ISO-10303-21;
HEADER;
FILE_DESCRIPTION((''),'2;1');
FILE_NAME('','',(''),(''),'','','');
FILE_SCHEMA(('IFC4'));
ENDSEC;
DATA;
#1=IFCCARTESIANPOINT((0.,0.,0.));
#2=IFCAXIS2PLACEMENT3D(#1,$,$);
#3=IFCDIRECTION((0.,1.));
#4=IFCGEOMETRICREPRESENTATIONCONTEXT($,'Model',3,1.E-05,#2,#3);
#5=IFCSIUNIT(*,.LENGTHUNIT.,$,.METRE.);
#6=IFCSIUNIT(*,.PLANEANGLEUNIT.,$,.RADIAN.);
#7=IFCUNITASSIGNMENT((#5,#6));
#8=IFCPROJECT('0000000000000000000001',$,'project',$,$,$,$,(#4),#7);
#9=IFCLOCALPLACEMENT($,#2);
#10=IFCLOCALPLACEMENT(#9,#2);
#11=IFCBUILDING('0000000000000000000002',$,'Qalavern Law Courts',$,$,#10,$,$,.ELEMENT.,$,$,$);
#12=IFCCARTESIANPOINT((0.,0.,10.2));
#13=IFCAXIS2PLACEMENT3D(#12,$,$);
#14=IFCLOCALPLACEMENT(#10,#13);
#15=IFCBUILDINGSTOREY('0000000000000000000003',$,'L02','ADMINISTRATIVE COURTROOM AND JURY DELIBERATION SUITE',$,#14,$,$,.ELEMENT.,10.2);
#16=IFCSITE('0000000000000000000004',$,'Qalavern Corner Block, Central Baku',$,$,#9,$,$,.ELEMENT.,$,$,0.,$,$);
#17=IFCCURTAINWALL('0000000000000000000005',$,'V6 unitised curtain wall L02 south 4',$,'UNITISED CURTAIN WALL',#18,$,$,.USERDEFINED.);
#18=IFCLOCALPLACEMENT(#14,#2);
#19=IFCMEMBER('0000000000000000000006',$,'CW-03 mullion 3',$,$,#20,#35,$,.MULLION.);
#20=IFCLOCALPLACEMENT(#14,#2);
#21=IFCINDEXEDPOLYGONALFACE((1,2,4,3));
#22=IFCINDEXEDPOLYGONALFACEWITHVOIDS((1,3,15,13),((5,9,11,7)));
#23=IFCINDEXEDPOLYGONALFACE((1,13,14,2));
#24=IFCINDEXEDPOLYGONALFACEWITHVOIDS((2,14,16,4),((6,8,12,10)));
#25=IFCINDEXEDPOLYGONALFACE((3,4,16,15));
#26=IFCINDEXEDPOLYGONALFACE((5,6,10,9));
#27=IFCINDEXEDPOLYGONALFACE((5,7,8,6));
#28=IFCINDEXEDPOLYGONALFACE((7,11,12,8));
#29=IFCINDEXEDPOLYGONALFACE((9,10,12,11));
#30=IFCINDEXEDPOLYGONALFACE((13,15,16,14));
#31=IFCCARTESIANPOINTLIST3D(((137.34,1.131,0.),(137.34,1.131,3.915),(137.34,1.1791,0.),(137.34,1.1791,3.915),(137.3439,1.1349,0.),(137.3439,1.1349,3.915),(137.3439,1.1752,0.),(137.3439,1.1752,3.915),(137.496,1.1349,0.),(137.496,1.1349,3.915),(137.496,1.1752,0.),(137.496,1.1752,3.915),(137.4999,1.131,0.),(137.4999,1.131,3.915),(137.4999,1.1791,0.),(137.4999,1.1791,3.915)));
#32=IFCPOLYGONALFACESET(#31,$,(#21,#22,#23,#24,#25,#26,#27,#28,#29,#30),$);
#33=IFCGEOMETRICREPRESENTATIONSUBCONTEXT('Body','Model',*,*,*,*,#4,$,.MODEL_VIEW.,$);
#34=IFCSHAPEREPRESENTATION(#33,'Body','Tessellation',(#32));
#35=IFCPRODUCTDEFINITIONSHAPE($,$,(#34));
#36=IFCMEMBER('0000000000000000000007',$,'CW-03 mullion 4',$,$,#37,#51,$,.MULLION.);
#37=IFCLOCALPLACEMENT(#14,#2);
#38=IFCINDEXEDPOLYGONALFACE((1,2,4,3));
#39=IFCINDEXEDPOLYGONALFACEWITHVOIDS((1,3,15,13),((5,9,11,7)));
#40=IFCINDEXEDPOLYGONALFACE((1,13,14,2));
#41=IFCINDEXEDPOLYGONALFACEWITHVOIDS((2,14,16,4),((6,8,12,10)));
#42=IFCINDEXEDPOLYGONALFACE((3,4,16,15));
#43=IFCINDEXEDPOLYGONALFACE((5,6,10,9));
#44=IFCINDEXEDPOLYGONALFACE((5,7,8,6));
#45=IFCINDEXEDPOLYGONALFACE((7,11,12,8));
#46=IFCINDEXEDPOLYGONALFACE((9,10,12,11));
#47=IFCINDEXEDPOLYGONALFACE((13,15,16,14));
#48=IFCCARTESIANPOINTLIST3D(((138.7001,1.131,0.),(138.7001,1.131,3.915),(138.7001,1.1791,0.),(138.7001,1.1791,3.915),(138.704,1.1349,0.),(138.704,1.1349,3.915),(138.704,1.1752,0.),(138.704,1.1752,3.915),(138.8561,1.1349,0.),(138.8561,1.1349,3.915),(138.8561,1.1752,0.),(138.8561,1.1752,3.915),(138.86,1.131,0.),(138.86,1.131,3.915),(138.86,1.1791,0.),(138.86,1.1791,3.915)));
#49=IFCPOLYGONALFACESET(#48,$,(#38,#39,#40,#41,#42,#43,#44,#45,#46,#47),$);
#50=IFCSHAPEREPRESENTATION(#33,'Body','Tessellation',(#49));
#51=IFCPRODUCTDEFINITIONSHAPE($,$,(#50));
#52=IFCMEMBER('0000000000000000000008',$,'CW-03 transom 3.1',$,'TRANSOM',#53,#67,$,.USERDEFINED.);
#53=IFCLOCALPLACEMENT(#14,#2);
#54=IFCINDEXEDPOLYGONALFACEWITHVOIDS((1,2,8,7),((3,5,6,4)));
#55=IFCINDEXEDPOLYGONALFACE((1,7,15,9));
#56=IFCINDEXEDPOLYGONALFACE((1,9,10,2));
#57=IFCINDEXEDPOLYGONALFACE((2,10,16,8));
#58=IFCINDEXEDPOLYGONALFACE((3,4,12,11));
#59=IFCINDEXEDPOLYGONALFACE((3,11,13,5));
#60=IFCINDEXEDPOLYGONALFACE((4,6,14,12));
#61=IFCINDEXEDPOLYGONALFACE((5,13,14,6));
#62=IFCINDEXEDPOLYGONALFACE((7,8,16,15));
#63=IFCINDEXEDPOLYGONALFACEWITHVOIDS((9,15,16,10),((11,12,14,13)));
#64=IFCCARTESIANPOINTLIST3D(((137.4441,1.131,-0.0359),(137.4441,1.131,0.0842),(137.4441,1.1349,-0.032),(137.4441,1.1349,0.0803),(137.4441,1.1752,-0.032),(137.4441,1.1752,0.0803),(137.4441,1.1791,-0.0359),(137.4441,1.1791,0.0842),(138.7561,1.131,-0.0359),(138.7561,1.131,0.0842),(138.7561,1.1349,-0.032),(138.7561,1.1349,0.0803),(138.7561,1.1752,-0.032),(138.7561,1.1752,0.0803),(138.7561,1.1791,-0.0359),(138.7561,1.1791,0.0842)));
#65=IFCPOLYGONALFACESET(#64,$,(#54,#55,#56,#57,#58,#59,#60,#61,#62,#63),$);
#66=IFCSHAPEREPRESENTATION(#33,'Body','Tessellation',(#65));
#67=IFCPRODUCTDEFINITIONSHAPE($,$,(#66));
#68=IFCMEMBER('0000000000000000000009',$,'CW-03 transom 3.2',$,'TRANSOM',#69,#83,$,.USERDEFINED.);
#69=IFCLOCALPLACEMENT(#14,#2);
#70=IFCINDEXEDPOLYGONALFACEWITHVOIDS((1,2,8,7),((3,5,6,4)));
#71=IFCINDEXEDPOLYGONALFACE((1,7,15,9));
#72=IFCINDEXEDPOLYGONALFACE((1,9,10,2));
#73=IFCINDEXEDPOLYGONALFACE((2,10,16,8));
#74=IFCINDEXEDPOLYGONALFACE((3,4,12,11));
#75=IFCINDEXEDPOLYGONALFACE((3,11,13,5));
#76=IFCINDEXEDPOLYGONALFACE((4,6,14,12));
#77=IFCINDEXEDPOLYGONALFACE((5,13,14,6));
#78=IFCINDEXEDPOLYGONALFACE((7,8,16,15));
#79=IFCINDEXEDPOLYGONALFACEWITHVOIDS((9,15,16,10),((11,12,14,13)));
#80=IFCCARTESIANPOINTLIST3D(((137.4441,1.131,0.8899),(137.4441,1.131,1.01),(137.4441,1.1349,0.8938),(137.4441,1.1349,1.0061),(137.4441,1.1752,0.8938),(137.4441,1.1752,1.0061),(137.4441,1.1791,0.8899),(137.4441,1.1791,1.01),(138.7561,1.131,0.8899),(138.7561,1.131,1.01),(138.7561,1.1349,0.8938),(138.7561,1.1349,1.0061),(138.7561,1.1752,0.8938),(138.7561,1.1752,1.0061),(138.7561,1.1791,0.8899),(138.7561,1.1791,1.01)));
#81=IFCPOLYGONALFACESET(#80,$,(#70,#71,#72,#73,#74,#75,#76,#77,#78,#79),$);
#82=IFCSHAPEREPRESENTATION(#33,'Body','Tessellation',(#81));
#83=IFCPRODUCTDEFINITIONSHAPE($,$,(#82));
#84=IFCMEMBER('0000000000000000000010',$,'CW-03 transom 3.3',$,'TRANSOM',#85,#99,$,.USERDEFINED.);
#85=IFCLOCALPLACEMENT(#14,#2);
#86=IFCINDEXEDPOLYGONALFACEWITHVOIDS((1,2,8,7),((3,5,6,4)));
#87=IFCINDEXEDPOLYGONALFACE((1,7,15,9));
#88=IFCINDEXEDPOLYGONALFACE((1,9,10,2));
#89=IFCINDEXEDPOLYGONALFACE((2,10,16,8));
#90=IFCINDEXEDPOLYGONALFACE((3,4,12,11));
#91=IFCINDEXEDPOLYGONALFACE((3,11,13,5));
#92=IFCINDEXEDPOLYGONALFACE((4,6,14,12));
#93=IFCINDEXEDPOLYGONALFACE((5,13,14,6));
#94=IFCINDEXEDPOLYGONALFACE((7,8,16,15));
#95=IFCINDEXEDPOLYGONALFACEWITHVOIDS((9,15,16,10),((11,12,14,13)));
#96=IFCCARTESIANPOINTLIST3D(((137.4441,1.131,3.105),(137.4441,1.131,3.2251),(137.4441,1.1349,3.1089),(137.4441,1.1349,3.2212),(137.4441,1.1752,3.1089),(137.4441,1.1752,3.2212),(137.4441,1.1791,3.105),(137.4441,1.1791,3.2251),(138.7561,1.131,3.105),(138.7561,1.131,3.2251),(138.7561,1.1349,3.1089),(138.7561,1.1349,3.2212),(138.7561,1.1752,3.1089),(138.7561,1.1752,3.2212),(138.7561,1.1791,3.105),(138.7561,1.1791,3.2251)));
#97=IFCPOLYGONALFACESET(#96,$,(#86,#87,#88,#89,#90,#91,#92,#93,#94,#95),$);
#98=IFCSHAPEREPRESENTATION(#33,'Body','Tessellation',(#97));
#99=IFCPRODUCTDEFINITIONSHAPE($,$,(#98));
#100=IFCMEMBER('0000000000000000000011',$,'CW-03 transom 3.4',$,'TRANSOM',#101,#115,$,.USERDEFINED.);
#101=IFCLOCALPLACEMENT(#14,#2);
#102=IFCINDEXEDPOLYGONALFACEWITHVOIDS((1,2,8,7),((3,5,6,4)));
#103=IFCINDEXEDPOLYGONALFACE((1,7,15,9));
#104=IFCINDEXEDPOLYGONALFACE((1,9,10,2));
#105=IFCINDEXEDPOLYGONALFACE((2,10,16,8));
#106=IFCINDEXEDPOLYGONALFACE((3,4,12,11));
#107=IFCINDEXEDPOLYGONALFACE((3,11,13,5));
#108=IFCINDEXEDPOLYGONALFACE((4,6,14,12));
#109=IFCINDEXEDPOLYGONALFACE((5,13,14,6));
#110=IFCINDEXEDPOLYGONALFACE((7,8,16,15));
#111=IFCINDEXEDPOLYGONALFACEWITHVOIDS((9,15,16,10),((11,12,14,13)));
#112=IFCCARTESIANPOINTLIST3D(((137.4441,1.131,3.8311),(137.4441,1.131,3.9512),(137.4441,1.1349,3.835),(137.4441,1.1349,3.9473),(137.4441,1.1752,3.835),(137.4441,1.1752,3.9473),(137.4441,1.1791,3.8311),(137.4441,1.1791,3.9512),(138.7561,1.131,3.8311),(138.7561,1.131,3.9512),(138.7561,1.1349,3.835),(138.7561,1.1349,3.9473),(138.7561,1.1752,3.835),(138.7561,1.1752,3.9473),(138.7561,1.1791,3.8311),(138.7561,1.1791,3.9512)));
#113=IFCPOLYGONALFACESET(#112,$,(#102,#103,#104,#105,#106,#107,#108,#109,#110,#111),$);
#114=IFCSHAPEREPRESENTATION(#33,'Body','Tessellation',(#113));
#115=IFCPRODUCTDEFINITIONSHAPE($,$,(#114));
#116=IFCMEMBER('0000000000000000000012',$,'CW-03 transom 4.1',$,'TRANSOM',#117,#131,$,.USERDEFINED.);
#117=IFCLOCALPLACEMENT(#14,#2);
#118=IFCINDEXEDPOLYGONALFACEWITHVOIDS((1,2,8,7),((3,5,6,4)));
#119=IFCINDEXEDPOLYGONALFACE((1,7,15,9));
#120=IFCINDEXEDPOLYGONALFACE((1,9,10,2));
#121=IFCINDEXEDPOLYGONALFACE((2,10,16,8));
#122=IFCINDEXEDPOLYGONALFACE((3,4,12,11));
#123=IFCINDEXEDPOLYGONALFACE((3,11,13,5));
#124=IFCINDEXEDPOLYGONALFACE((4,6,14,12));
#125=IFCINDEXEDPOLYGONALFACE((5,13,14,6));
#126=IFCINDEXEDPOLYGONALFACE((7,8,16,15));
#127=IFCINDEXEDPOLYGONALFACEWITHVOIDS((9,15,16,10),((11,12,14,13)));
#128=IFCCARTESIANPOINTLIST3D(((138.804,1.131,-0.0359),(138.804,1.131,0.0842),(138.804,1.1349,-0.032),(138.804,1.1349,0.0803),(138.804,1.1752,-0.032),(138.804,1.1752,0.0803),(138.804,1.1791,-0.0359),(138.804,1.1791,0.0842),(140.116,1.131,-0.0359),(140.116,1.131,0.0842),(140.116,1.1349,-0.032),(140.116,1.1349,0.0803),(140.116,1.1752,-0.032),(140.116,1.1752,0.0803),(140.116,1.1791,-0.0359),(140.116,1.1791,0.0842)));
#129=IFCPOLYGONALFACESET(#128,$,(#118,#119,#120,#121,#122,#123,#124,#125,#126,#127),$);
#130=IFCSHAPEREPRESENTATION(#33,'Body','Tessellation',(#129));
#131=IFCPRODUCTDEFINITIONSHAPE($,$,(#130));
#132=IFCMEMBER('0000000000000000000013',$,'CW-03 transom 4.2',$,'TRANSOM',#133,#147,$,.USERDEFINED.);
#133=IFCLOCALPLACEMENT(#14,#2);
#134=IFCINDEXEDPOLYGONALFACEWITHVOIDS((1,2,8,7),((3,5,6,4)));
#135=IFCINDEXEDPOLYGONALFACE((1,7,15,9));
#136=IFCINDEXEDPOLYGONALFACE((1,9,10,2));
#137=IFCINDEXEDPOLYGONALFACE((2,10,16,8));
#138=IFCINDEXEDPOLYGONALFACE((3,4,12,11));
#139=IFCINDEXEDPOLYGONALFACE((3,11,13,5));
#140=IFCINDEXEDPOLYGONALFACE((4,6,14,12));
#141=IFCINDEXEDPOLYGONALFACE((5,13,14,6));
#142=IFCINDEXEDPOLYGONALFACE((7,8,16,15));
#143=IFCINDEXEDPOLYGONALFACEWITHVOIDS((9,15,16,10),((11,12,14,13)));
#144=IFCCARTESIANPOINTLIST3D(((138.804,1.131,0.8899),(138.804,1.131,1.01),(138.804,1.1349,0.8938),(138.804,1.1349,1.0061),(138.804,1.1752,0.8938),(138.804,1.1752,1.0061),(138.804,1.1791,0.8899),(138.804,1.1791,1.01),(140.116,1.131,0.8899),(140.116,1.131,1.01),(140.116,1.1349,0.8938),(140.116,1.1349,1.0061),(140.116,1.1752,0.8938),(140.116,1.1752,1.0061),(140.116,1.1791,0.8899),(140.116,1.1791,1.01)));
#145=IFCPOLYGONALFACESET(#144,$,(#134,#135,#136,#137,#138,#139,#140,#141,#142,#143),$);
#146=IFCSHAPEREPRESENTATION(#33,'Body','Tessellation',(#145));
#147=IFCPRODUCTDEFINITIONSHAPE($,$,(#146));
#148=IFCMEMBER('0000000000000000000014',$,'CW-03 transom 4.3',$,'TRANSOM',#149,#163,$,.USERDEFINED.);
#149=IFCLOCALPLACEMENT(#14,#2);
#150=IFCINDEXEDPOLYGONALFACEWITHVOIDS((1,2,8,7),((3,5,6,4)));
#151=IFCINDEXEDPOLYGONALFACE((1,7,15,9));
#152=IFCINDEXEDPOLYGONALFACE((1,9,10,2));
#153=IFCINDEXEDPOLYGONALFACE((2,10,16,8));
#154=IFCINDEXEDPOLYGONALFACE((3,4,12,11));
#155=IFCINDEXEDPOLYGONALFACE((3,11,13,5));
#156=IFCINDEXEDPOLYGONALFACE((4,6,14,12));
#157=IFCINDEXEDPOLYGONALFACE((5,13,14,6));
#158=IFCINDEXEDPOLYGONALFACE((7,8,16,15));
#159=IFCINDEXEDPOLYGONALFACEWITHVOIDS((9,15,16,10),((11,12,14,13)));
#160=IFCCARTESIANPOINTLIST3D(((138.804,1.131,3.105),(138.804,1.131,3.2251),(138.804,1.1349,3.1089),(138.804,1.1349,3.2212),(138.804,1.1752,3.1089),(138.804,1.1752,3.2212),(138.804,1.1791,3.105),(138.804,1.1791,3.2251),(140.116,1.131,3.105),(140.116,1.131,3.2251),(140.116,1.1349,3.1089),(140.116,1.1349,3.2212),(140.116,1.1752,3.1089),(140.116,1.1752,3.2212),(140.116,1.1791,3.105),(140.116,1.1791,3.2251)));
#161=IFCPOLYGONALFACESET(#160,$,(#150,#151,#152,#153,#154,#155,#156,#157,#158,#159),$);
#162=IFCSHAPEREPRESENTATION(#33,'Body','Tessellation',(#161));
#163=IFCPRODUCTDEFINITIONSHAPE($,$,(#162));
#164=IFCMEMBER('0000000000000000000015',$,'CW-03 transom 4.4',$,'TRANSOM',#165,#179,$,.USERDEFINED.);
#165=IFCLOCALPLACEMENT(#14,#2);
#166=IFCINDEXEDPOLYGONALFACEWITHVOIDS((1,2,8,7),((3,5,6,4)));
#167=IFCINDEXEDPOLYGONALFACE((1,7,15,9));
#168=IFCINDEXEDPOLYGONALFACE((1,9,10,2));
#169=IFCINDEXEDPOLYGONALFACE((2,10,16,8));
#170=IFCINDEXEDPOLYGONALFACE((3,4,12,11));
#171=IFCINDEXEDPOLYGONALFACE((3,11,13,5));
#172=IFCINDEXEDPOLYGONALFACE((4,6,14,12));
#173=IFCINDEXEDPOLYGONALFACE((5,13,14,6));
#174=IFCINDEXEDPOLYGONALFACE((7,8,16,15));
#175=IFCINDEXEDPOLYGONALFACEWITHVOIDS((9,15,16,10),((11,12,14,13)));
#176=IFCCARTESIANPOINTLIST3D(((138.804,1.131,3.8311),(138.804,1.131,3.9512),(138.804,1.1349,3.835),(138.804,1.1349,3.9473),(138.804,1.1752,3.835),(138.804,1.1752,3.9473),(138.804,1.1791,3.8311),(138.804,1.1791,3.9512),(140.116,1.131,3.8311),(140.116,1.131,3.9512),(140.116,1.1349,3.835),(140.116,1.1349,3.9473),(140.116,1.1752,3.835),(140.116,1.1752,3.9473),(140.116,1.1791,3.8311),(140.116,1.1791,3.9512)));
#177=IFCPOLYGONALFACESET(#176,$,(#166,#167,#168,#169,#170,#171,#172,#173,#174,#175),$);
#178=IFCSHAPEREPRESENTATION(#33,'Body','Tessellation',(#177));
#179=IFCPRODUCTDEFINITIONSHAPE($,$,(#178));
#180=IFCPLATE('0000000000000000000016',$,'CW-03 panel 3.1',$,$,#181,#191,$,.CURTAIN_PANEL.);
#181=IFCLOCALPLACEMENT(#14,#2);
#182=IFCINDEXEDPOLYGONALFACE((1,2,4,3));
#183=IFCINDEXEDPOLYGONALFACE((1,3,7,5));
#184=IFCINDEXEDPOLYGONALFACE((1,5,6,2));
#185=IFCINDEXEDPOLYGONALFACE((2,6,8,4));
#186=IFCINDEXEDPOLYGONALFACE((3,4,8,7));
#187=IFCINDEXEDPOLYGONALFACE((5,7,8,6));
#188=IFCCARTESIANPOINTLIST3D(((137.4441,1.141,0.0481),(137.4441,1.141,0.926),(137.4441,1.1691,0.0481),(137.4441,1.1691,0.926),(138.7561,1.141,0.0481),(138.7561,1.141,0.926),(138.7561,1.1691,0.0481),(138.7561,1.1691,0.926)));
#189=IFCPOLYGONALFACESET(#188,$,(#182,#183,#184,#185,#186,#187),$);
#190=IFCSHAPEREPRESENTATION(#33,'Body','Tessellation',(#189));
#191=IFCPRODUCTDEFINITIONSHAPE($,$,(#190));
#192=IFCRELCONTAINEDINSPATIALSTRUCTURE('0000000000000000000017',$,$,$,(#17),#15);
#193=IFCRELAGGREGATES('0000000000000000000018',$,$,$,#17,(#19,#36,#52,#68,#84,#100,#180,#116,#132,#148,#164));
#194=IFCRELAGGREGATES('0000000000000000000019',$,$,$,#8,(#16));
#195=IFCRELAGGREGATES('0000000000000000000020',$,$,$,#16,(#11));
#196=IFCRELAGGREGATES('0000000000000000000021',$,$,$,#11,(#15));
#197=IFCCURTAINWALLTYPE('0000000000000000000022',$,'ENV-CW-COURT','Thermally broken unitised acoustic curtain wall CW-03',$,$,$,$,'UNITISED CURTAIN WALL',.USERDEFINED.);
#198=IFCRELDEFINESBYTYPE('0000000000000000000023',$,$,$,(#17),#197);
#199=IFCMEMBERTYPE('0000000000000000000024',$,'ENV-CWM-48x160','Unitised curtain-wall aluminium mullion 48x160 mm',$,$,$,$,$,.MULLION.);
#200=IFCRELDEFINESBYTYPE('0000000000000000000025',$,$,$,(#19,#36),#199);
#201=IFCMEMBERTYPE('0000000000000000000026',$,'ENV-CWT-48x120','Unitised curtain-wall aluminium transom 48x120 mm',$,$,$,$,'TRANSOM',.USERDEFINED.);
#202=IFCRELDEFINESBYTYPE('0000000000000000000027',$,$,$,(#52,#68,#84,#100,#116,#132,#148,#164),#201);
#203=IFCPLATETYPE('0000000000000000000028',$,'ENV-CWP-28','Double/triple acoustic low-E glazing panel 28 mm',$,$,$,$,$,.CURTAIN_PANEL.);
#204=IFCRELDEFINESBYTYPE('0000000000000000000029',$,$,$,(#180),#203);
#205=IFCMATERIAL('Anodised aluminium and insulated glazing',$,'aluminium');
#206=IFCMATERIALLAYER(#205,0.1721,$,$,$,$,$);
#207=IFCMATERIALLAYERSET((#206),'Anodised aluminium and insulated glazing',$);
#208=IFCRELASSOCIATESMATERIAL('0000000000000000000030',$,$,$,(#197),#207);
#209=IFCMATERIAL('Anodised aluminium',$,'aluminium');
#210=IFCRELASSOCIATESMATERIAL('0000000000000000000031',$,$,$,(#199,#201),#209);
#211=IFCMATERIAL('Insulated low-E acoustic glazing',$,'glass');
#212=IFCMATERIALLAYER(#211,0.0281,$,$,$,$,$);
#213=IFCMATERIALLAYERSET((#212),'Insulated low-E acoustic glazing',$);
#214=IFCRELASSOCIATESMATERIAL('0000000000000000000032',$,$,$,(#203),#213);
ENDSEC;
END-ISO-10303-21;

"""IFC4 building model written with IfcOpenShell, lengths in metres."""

from ifc_helpers import new_model, si_unit, direction, frame, origin, origin_2d, place, context, subcontext, project, spatial, rectangle, hollow_rectangle, extrude, material, layer, layer_set, material_profile, profile_set, type_object, element, aggregate, save


model = new_model("IFC4")

# Units and contexts
model_context = context("Model", 3, precision=1e-05, world=origin(), true_north=direction((0.0, 1.0)))
body_context = subcontext(model_context, "Body", "Model", "MODEL_VIEW")
ifc_project = project(units=[si_unit("LENGTHUNIT", "METRE"), si_unit("PLANEANGLEUNIT", "RADIAN")], contexts=[model_context])

# Site, building, storey
site_placement = place(None, origin())
site = spatial("IfcSite", under=ifc_project, at=site_placement, Name="Qalavern Corner Block, Central Baku", CompositionType="ELEMENT", RefElevation=0.0)
building_placement = place(site_placement, origin())
building = spatial("IfcBuilding", under=site, at=building_placement, Name="Qalavern Law Courts", CompositionType="ELEMENT")
storey_placement = place(building_placement, frame((0.0, 0.0, 10.2)))
storey = spatial("IfcBuildingStorey", under=building, at=storey_placement, Name="L02", Description="ADMINISTRATIVE COURTROOM AND JURY DELIBERATION SUITE", CompositionType="ELEMENT", Elevation=10.2)

# Curtain wall, members, plate
ifc_material_1 = material(Name="Anodised aluminium and insulated glazing", Category="aluminium")
ifc_layer_1 = layer(ifc_material_1, 0.1721)
ifc_layer_set_1 = layer_set([ifc_layer_1], Name="Anodised aluminium and insulated glazing")
curtain_wall_type = type_object("IfcCurtainWallType", Name="ENV-CW-COURT", Description="Thermally broken unitised acoustic curtain wall CW-03", ElementType="UNITISED CURTAIN WALL", PredefinedType="USERDEFINED", material=ifc_layer_set_1)
curtain_wall_placement = place(storey_placement, origin())
curtain_wall = element("IfcCurtainWall", 1, at=curtain_wall_placement, inside=storey, type_object=curtain_wall_type, Name="V6 unitised curtain wall L02 south 4", ObjectType="UNITISED CURTAIN WALL", PredefinedType="USERDEFINED")
ifc_material_2 = material(Name="Anodised aluminium", Category="aluminium")
ifc_material_profile_1 = material_profile(ifc_material_2, hollow_rectangle(XDim=0.0481, YDim=0.1599, WallThickness=0.0039, at=origin_2d()), Name="ALU MULLION 48x160")
ifc_profile_set_1 = profile_set([ifc_material_profile_1], Name="Anodised aluminium")
member_type_1 = type_object("IfcMemberType", Name="ENV-CWM-48x160", Description="Unitised curtain-wall aluminium mullion 48x160 mm", PredefinedType="MULLION", material=ifc_profile_set_1)
member_1_placement = place(storey_placement, frame((137.4199, 1.155, 0.0), z_axis=(0.0, 0.0, 1.0), x_axis=(0.0, 1.0, 0.0)))
member_1 = element("IfcMember", 2, at=member_1_placement, type_object=member_type_1, Name="CW-03 mullion 3", PredefinedType="MULLION", context=body_context, shape_type="SweptSolid", body=[
    extrude(hollow_rectangle(XDim=0.0481, YDim=0.1599, WallThickness=0.0039, at=origin_2d()), origin(), (0.0, 0.0, 1.0), 3.915),
])
member_2_placement = place(storey_placement, frame((138.78, 1.155, 0.0), z_axis=(0.0, 0.0, 1.0), x_axis=(0.0, 1.0, 0.0)))
member_2 = element("IfcMember", 3, at=member_2_placement, type_object=member_type_1, Name="CW-03 mullion 4", PredefinedType="MULLION", context=body_context, shape_type="SweptSolid", body=[
    extrude(hollow_rectangle(XDim=0.0481, YDim=0.1599, WallThickness=0.0039, at=origin_2d()), origin(), (0.0, 0.0, 1.0), 3.915),
])
ifc_material_profile_2 = material_profile(ifc_material_2, hollow_rectangle(XDim=0.0481, YDim=0.1201, WallThickness=0.0039, at=origin_2d()), Name="ALU TRANSOM 48x120")
ifc_profile_set_2 = profile_set([ifc_material_profile_2], Name="Anodised aluminium")
member_type_2 = type_object("IfcMemberType", Name="ENV-CWT-48x120", Description="Unitised curtain-wall aluminium transom 48x120 mm", ElementType="TRANSOM", PredefinedType="USERDEFINED", material=ifc_profile_set_2)
member_3_placement = place(storey_placement, frame((137.4441, 1.155, 0.0242), z_axis=(1.0, 0.0, 0.0), x_axis=(0.0, 1.0, 0.0)))
member_3 = element("IfcMember", 4, at=member_3_placement, type_object=member_type_2, Name="CW-03 transom 3.1", ObjectType="TRANSOM", PredefinedType="USERDEFINED", context=body_context, shape_type="SweptSolid", body=[
    extrude(hollow_rectangle(XDim=0.0481, YDim=0.1201, WallThickness=0.0039, at=origin_2d()), origin(), (0.0, 0.0, 1.0), 1.312),
])
member_4_placement = place(storey_placement, frame((137.4441, 1.155, 0.95), z_axis=(1.0, 0.0, 0.0), x_axis=(0.0, 1.0, 0.0)))
member_4 = element("IfcMember", 5, at=member_4_placement, type_object=member_type_2, Name="CW-03 transom 3.2", ObjectType="TRANSOM", PredefinedType="USERDEFINED", context=body_context, shape_type="SweptSolid", body=[
    extrude(hollow_rectangle(XDim=0.0481, YDim=0.1201, WallThickness=0.0039, at=origin_2d()), origin(), (0.0, 0.0, 1.0), 1.312),
])
member_5_placement = place(storey_placement, frame((137.4441, 1.155, 3.165), z_axis=(1.0, 0.0, 0.0), x_axis=(0.0, 1.0, 0.0)))
member_5 = element("IfcMember", 6, at=member_5_placement, type_object=member_type_2, Name="CW-03 transom 3.3", ObjectType="TRANSOM", PredefinedType="USERDEFINED", context=body_context, shape_type="SweptSolid", body=[
    extrude(hollow_rectangle(XDim=0.0481, YDim=0.1201, WallThickness=0.0039, at=origin_2d()), origin(), (0.0, 0.0, 1.0), 1.312),
])
member_6_placement = place(storey_placement, frame((137.4441, 1.155, 3.8911), z_axis=(1.0, 0.0, 0.0), x_axis=(0.0, 1.0, 0.0)))
member_6 = element("IfcMember", 7, at=member_6_placement, type_object=member_type_2, Name="CW-03 transom 3.4", ObjectType="TRANSOM", PredefinedType="USERDEFINED", context=body_context, shape_type="SweptSolid", body=[
    extrude(hollow_rectangle(XDim=0.0481, YDim=0.1201, WallThickness=0.0039, at=origin_2d()), origin(), (0.0, 0.0, 1.0), 1.312),
])
member_7_placement = place(storey_placement, frame((138.804, 1.155, 0.0242), z_axis=(1.0, 0.0, 0.0), x_axis=(0.0, 1.0, 0.0)))
member_7 = element("IfcMember", 8, at=member_7_placement, type_object=member_type_2, Name="CW-03 transom 4.1", ObjectType="TRANSOM", PredefinedType="USERDEFINED", context=body_context, shape_type="SweptSolid", body=[
    extrude(hollow_rectangle(XDim=0.0481, YDim=0.1201, WallThickness=0.0039, at=origin_2d()), origin(), (0.0, 0.0, 1.0), 1.312),
])
member_8_placement = place(storey_placement, frame((138.804, 1.155, 0.95), z_axis=(1.0, 0.0, 0.0), x_axis=(0.0, 1.0, 0.0)))
member_8 = element("IfcMember", 9, at=member_8_placement, type_object=member_type_2, Name="CW-03 transom 4.2", ObjectType="TRANSOM", PredefinedType="USERDEFINED", context=body_context, shape_type="SweptSolid", body=[
    extrude(hollow_rectangle(XDim=0.0481, YDim=0.1201, WallThickness=0.0039, at=origin_2d()), origin(), (0.0, 0.0, 1.0), 1.312),
])
member_9_placement = place(storey_placement, frame((138.804, 1.155, 3.165), z_axis=(1.0, 0.0, 0.0), x_axis=(0.0, 1.0, 0.0)))
member_9 = element("IfcMember", 10, at=member_9_placement, type_object=member_type_2, Name="CW-03 transom 4.3", ObjectType="TRANSOM", PredefinedType="USERDEFINED", context=body_context, shape_type="SweptSolid", body=[
    extrude(hollow_rectangle(XDim=0.0481, YDim=0.1201, WallThickness=0.0039, at=origin_2d()), origin(), (0.0, 0.0, 1.0), 1.312),
])
member_10_placement = place(storey_placement, frame((138.804, 1.155, 3.8911), z_axis=(1.0, 0.0, 0.0), x_axis=(0.0, 1.0, 0.0)))
member_10 = element("IfcMember", 11, at=member_10_placement, type_object=member_type_2, Name="CW-03 transom 4.4", ObjectType="TRANSOM", PredefinedType="USERDEFINED", context=body_context, shape_type="SweptSolid", body=[
    extrude(hollow_rectangle(XDim=0.0481, YDim=0.1201, WallThickness=0.0039, at=origin_2d()), origin(), (0.0, 0.0, 1.0), 1.312),
])
ifc_material_3 = material(Name="Insulated low-E acoustic glazing", Category="glass")
ifc_layer_2 = layer(ifc_material_3, 0.0281)
ifc_layer_set_2 = layer_set([ifc_layer_2], Name="Insulated low-E acoustic glazing")
plate_type = type_object("IfcPlateType", Name="ENV-CWP-28", Description="Double/triple acoustic low-E glazing panel 28 mm", PredefinedType="CURTAIN_PANEL", material=ifc_layer_set_2)
plate_1_placement = place(storey_placement, frame((138.1001, 1.155, 0.0481), z_axis=(0.0, 0.0, 1.0), x_axis=(1.0, 0.0, 0.0)))
plate_1 = element("IfcPlate", 12, at=plate_1_placement, type_object=plate_type, Name="CW-03 panel 3.1", PredefinedType="CURTAIN_PANEL", context=body_context, shape_type="SweptSolid", body=[
    extrude(rectangle(XDim=1.312, YDim=0.0281, at=origin_2d()), origin(), (0.0, 0.0, 1.0), 0.8779),
])
aggregate(curtain_wall, [member_1, member_2, member_3, member_4, member_5, member_6, plate_1, member_7, member_8, member_9, member_10])

save(model, "model.ifc")
